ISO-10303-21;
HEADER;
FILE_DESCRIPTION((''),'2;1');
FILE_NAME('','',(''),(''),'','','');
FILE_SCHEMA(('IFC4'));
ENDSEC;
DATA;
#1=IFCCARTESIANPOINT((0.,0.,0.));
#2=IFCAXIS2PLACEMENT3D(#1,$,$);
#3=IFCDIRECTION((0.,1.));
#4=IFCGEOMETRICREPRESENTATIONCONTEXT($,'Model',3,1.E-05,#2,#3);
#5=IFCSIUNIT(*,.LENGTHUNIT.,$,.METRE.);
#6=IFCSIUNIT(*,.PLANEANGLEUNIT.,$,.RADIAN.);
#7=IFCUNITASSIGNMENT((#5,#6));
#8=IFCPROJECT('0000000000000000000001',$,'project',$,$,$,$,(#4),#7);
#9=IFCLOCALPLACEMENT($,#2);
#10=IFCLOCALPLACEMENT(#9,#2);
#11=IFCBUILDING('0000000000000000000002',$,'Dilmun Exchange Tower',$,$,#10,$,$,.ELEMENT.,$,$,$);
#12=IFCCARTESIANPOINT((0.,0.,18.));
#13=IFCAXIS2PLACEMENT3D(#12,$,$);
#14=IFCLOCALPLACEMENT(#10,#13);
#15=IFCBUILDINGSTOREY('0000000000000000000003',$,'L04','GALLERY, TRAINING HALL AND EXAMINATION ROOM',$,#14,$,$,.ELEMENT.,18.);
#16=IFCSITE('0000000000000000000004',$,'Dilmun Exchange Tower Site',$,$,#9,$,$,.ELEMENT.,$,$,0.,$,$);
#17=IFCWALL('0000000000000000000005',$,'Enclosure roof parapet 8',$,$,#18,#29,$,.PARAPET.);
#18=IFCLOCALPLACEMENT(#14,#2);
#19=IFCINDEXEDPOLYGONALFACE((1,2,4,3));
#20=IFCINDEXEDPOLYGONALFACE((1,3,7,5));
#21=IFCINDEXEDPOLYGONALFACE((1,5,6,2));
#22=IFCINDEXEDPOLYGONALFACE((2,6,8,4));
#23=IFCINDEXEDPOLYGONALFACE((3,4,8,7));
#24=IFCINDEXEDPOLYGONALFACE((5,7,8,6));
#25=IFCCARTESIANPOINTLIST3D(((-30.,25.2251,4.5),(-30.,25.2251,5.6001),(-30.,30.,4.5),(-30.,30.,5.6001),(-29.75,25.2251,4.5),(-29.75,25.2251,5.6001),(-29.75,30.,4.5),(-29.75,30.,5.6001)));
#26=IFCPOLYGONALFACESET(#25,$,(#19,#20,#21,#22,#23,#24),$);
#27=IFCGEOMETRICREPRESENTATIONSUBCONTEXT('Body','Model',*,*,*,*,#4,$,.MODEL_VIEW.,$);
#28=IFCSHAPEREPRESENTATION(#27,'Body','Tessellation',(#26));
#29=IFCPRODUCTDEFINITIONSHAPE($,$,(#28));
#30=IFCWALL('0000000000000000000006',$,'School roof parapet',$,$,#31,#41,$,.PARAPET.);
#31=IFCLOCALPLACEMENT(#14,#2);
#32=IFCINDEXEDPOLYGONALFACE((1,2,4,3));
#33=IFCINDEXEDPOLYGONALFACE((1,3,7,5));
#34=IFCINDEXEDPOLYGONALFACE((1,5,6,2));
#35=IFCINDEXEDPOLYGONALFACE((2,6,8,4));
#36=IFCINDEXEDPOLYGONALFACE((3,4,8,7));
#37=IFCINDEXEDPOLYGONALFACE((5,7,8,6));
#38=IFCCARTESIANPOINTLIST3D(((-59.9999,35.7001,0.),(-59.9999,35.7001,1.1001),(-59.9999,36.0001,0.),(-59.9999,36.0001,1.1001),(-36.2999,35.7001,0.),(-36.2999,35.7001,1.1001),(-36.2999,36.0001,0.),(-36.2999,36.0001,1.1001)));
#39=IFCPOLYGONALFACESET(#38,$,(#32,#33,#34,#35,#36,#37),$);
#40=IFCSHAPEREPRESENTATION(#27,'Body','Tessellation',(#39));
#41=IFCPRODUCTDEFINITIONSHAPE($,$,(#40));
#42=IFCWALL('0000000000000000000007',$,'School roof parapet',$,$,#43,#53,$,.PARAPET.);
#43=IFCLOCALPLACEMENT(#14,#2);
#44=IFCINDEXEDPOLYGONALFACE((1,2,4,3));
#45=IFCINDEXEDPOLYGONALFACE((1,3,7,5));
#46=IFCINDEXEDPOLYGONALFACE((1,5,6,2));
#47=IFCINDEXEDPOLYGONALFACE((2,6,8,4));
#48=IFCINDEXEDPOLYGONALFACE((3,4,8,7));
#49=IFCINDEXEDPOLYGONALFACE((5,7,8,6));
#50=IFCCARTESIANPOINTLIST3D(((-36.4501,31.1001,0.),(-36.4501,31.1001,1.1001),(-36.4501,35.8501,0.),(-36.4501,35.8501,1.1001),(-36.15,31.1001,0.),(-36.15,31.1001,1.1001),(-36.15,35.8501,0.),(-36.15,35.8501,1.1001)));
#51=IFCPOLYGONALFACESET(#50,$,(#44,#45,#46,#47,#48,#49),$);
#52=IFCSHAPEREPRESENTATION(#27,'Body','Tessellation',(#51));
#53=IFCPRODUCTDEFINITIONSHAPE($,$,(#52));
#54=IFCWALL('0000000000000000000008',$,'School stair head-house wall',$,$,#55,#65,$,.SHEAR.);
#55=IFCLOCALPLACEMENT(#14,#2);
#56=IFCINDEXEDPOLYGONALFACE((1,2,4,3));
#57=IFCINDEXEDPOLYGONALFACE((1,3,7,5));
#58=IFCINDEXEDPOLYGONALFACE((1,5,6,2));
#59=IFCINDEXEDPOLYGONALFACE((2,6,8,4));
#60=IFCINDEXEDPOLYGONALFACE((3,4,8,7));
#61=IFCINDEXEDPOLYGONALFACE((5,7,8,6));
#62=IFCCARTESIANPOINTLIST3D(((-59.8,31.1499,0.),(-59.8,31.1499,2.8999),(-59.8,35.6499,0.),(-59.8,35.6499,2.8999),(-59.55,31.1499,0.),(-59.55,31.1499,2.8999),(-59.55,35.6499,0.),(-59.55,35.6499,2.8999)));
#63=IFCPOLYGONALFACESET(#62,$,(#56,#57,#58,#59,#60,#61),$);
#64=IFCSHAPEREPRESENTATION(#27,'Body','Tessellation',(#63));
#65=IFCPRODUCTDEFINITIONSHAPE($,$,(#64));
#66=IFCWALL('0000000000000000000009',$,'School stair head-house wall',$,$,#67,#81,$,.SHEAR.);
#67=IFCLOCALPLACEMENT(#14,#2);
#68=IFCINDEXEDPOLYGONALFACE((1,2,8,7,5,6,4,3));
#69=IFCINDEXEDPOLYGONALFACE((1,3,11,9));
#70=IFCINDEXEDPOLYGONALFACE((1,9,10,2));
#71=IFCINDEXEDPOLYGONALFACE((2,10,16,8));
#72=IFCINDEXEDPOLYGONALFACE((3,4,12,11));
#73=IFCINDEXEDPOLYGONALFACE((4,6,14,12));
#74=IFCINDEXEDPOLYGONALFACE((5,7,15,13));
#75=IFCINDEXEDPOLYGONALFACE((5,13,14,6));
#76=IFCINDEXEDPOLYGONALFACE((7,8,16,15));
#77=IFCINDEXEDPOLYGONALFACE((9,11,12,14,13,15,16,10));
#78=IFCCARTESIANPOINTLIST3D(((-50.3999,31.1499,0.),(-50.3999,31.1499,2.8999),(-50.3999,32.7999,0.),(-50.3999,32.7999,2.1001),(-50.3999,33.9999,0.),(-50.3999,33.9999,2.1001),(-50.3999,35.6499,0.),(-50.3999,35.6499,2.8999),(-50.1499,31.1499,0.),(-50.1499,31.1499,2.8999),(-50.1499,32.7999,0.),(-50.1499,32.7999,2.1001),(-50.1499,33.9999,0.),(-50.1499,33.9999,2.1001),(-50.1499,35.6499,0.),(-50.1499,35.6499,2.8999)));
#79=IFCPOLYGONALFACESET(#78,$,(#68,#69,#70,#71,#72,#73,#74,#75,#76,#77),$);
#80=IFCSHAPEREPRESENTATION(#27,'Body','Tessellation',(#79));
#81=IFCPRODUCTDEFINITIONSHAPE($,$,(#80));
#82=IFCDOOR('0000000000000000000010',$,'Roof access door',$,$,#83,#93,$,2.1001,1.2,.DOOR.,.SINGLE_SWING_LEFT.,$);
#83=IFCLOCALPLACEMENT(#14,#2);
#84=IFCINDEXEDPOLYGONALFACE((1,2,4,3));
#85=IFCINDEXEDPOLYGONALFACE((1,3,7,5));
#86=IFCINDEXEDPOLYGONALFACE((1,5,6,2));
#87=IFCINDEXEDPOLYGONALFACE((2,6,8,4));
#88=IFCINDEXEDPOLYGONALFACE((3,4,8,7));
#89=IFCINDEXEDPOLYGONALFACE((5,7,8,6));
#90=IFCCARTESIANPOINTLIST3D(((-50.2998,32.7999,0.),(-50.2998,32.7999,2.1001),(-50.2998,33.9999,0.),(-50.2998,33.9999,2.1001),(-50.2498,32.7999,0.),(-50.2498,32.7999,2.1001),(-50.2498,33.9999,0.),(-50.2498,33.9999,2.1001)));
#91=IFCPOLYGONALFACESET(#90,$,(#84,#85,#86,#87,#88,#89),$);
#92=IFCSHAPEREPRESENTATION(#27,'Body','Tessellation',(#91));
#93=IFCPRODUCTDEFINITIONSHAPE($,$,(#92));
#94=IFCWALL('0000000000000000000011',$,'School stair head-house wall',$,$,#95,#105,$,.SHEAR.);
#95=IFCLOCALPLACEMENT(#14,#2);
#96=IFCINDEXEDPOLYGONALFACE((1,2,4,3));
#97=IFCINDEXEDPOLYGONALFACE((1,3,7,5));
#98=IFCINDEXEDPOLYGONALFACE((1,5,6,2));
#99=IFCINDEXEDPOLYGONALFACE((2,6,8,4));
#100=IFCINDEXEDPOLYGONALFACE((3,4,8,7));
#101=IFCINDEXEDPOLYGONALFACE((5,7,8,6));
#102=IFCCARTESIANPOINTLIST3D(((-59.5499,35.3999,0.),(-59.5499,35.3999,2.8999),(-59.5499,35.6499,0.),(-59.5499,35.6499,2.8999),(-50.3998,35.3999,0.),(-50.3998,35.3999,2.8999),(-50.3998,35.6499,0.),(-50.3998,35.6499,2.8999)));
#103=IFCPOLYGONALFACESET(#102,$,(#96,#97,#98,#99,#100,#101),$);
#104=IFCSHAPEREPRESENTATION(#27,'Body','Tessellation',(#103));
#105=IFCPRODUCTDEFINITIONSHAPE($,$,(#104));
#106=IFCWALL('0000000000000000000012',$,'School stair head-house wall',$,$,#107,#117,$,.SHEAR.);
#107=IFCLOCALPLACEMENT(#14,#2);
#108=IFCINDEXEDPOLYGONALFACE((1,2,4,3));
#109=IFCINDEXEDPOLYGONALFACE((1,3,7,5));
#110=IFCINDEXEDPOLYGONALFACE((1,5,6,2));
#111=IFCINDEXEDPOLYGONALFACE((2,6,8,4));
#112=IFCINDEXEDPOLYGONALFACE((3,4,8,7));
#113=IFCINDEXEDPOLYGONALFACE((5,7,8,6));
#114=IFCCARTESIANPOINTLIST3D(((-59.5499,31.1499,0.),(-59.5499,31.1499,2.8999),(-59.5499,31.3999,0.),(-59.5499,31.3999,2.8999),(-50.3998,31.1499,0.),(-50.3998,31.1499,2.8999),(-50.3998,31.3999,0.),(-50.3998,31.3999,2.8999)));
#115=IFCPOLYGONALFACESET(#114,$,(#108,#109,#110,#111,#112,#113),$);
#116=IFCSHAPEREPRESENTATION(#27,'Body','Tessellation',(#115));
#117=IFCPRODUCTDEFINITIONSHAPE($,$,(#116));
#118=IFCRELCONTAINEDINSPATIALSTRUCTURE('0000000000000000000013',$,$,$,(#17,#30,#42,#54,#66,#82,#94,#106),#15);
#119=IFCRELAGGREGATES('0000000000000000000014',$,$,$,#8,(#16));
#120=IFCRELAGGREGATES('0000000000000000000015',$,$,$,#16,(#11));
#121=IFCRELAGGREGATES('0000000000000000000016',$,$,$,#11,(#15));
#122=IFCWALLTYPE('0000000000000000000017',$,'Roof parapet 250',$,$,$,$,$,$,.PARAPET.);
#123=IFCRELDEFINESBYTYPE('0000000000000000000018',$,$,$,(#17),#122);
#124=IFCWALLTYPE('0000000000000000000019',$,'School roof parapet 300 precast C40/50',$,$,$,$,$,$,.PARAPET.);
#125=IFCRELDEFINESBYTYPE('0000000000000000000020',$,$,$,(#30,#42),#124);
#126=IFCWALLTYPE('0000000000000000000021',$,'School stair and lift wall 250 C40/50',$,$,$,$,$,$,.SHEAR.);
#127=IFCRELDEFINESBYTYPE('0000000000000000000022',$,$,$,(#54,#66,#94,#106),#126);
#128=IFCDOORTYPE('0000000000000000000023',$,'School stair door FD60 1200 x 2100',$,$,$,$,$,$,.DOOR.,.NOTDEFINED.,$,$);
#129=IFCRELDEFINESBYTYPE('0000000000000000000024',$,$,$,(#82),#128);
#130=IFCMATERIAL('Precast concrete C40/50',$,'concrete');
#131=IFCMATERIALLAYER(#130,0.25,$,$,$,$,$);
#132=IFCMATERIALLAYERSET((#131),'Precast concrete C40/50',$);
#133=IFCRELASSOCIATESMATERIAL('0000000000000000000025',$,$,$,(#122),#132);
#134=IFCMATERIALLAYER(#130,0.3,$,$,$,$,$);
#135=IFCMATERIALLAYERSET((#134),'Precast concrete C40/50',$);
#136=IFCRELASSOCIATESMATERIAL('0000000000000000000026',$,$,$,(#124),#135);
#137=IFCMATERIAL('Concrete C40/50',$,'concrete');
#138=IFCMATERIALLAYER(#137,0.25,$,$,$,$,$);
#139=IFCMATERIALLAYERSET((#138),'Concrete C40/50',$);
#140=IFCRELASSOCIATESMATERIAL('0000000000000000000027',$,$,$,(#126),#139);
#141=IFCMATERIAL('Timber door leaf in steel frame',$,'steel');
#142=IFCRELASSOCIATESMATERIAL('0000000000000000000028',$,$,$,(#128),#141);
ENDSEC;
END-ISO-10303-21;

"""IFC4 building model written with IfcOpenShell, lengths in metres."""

from ifc_helpers import new_model, si_unit, direction, frame, frame_2d, origin, place, context, subcontext, project, spatial, rectangle, extrude, material, layer, layer_set, type_object, element, fill, save


model = new_model("IFC4")

# Units and contexts
model_context = context("Model", 3, precision=1e-05, world=origin(), true_north=direction((0.0, 1.0)))
body_context = subcontext(model_context, "Body", "Model", "MODEL_VIEW")
ifc_project = project(units=[si_unit("LENGTHUNIT", "METRE"), si_unit("PLANEANGLEUNIT", "RADIAN")], contexts=[model_context])

# Site, building, storey
site_placement = place(None, origin())
site = spatial("IfcSite", under=ifc_project, at=site_placement, Name="Dilmun Exchange Tower Site", CompositionType="ELEMENT", RefElevation=0.0)
building_placement = place(site_placement, origin())
building = spatial("IfcBuilding", under=site, at=building_placement, Name="Dilmun Exchange Tower", CompositionType="ELEMENT")
storey_placement = place(building_placement, frame((0.0, 0.0, 18.0)))
storey = spatial("IfcBuildingStorey", under=building, at=storey_placement, Name="L04", Description="GALLERY, TRAINING HALL AND EXAMINATION ROOM", CompositionType="ELEMENT", Elevation=18.0)

# Walls
ifc_material_1 = material(Name="Precast concrete C40/50", Category="concrete")
ifc_layer_1 = layer(ifc_material_1, 0.25)
ifc_layer_set_1 = layer_set([ifc_layer_1], Name="Precast concrete C40/50")
wall_type_1 = type_object("IfcWallType", Name="Roof parapet 250", PredefinedType="PARAPET", material=ifc_layer_set_1)
wall_1_placement = place(storey_placement, frame((-29.875, 30.0, 4.5), z_axis=(0.0, 0.0, 1.0), x_axis=(0.0, -1.0, 0.0)))
element("IfcWall", 1, at=wall_1_placement, inside=storey, type_object=wall_type_1, Name="Enclosure roof parapet 8", PredefinedType="PARAPET", context=body_context, shape_type="SweptSolid", body=[
    extrude(rectangle(XDim=4.7749, YDim=0.25, at=frame_2d((2.3875, 0.0))), origin(), (0.0, 0.0, 1.0), 1.1001),
])
ifc_layer_2 = layer(ifc_material_1, 0.3)
ifc_layer_set_2 = layer_set([ifc_layer_2], Name="Precast concrete C40/50")
wall_type_2 = type_object("IfcWallType", Name="School roof parapet 300 precast C40/50", PredefinedType="PARAPET", material=ifc_layer_set_2)
wall_2_placement = place(storey_placement, frame((-60.0, 35.8501, 0.0), z_axis=(0.0, 0.0, 1.0), x_axis=(1.0, 0.0, 0.0)))
element("IfcWall", 2, at=wall_2_placement, inside=storey, type_object=wall_type_2, Name="School roof parapet", PredefinedType="PARAPET", context=body_context, shape_type="SweptSolid", body=[
    extrude(rectangle(XDim=23.7, YDim=0.3, at=frame_2d((11.8501, 0.0))), origin(), (0.0, 0.0, 1.0), 1.1001),
])
wall_3_placement = place(storey_placement, frame((-36.3, 35.8501, 0.0), z_axis=(0.0, 0.0, 1.0), x_axis=(0.0, -1.0, 0.0)))
element("IfcWall", 3, at=wall_3_placement, inside=storey, type_object=wall_type_2, Name="School roof parapet", PredefinedType="PARAPET", context=body_context, shape_type="SweptSolid", body=[
    extrude(rectangle(XDim=4.75, YDim=0.3, at=frame_2d((2.375, 0.0))), origin(), (0.0, 0.0, 1.0), 1.1001),
])
ifc_material_2 = material(Name="Concrete C40/50", Category="concrete")
ifc_layer_3 = layer(ifc_material_2, 0.25)
ifc_layer_set_3 = layer_set([ifc_layer_3], Name="Concrete C40/50")
wall_type_3 = type_object("IfcWallType", Name="School stair and lift wall 250 C40/50", PredefinedType="SHEAR", material=ifc_layer_set_3)
wall_4_placement = place(storey_placement, frame((-59.675, 31.1499, 0.0), z_axis=(0.0, 0.0, 1.0), x_axis=(0.0, 1.0, 0.0)))
element("IfcWall", 4, at=wall_4_placement, inside=storey, type_object=wall_type_3, Name="School stair head-house wall", PredefinedType="SHEAR", context=body_context, shape_type="SweptSolid", body=[
    extrude(rectangle(XDim=4.5, YDim=0.25, at=frame_2d((2.25, 0.0))), origin(), (0.0, 0.0, 1.0), 2.8999),
])

# Wall, opening, door
wall_5_placement = place(storey_placement, frame((-50.2749, 31.1499, 0.0), z_axis=(0.0, 0.0, 1.0), x_axis=(0.0, 1.0, 0.0)))
wall_5 = element("IfcWall", 5, at=wall_5_placement, inside=storey, type_object=wall_type_3, Name="School stair head-house wall", PredefinedType="SHEAR", context=body_context, shape_type="SweptSolid", body=[
    extrude(rectangle(XDim=4.5, YDim=0.25, at=frame_2d((2.25, 0.0))), origin(), (0.0, 0.0, 1.0), 2.8999),
])
opening_1_placement = place(wall_5_placement, frame((1.6499, 0.0, 0.0)))
opening_1 = element("IfcOpeningElement", 6, at=opening_1_placement, cuts=wall_5, PredefinedType="OPENING", context=body_context, shape_type="SweptSolid", body=[
    extrude(rectangle(XDim=1.2, YDim=2.1001, at=frame_2d((0.6001, 1.05))), frame((0.0, 0.135, 0.0), z_axis=(0.0, -1.0, 0.0), x_axis=(1.0, 0.0, 0.0)), (0.0, 0.0, 1.0), 0.27),
])
ifc_material_3 = material(Name="Timber door leaf in steel frame", Category="steel")
door_type_1 = type_object("IfcDoorType", Name="School stair door FD60 1200 x 2100", OperationType="NOTDEFINED", PredefinedType="DOOR", material=ifc_material_3)
door_1_placement = place(opening_1_placement, origin())
door_1 = element("IfcDoor", 7, at=door_1_placement, inside=storey, type_object=door_type_1, Name="Roof access door", OperationType="SINGLE_SWING_LEFT", OverallHeight=2.1001, OverallWidth=1.2, PredefinedType="DOOR", context=body_context, shape_type="SweptSolid", body=[
    extrude(rectangle(XDim=1.2, YDim=2.1001, at=frame_2d((0.6001, 1.05))), frame((0.0, 0.0249, 0.0), z_axis=(0.0, -1.0, 0.0), x_axis=(1.0, 0.0, 0.0)), (0.0, 0.0, 1.0), 0.05),
])
fill(opening_1, door_1)

# Walls
for number, where, z_axis, x_axis, name in (
    (8, (-59.55, 35.5249, 0.0), (0.0, 0.0, 1.0), (1.0, 0.0, 0.0), "School stair head-house wall"),
    (9, (-59.55, 31.2749, 0.0), (0.0, 0.0, 1.0), (1.0, 0.0, 0.0), "School stair head-house wall"),
):
    element("IfcWall", number, at=place(storey_placement, frame(where, z_axis=z_axis, x_axis=x_axis)), inside=storey, type_object=wall_type_3, Name=name, PredefinedType="SHEAR", context=body_context, shape_type="SweptSolid", body=[
        extrude(rectangle(XDim=9.1501, YDim=0.25, at=frame_2d((4.5752, 0.0))), origin(), (0.0, 0.0, 1.0), 2.8999),
    ])

save(model, "model.ifc")
